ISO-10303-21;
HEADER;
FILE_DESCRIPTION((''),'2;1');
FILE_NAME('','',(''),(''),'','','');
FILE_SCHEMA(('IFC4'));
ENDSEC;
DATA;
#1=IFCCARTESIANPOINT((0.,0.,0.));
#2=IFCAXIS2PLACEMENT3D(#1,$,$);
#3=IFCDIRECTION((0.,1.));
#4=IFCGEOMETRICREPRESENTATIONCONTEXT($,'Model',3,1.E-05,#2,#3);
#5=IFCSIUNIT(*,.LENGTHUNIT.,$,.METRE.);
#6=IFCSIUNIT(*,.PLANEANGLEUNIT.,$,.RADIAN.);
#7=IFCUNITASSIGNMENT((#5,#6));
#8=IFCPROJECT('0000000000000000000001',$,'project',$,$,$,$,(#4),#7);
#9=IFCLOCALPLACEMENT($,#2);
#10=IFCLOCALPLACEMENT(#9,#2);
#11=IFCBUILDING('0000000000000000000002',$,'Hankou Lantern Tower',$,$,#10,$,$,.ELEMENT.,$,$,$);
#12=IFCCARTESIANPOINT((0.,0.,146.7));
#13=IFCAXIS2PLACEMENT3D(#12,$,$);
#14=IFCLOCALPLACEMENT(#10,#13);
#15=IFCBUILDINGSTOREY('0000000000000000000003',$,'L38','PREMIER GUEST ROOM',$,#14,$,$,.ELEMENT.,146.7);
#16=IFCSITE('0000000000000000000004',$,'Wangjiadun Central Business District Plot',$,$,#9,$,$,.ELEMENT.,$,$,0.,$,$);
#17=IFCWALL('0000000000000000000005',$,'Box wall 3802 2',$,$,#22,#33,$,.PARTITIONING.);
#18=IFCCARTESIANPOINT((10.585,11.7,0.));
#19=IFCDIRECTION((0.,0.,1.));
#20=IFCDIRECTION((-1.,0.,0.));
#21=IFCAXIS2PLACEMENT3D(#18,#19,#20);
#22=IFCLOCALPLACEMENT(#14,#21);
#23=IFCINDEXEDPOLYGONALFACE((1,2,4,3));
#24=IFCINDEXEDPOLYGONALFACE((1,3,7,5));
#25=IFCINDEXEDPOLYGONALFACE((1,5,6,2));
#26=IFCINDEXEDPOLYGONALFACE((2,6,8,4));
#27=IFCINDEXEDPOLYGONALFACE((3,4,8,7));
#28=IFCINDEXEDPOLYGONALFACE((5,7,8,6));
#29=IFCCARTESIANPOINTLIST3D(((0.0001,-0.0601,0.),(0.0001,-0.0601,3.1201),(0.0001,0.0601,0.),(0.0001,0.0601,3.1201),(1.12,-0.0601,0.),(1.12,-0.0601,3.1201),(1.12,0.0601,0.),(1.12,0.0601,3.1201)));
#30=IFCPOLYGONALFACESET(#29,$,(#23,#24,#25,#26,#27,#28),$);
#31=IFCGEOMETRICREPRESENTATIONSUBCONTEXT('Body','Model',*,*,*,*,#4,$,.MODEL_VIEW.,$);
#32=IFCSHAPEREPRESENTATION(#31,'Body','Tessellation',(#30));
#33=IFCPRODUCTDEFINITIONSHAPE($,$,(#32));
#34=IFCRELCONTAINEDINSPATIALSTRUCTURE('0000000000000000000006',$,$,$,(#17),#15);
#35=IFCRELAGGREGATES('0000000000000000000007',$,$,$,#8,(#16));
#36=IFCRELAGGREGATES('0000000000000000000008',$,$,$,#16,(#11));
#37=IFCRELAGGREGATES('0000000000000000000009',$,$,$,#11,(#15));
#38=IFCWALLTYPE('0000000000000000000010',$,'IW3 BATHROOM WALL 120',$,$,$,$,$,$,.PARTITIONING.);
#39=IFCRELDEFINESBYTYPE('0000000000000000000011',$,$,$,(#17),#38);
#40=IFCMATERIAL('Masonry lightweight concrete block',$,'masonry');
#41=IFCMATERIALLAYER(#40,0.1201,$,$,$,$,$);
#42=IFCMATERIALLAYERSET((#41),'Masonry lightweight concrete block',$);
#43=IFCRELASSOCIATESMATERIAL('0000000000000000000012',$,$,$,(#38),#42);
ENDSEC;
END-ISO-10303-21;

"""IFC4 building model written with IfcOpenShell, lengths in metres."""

from ifc_helpers import new_model, si_unit, direction, frame, frame_2d, origin, place, context, subcontext, project, spatial, rectangle, extrude, material, layer, layer_set, type_object, element, save


model = new_model("IFC4")

# Units and contexts
model_context = context("Model", 3, precision=1e-05, world=origin(), true_north=direction((0.0, 1.0)))
body_context = subcontext(model_context, "Body", "Model", "MODEL_VIEW")
ifc_project = project(units=[si_unit("LENGTHUNIT", "METRE"), si_unit("PLANEANGLEUNIT", "RADIAN")], contexts=[model_context])

# Site, building, storey
site_placement = place(None, origin())
site = spatial("IfcSite", under=ifc_project, at=site_placement, Name="Wangjiadun Central Business District Plot", CompositionType="ELEMENT", RefElevation=0.0)
building_placement = place(site_placement, origin())
building = spatial("IfcBuilding", under=site, at=building_placement, Name="Hankou Lantern Tower", CompositionType="ELEMENT")
storey_placement = place(building_placement, frame((0.0, 0.0, 146.7)))
storey = spatial("IfcBuildingStorey", under=building, at=storey_placement, Name="L38", Description="PREMIER GUEST ROOM", CompositionType="ELEMENT", Elevation=146.7)

# Wall
ifc_material_1 = material(Name="Masonry lightweight concrete block", Category="masonry")
ifc_layer_1 = layer(ifc_material_1, 0.1201)
ifc_layer_set_1 = layer_set([ifc_layer_1], Name="Masonry lightweight concrete block")
wall_type_1 = type_object("IfcWallType", Name="IW3 BATHROOM WALL 120", PredefinedType="PARTITIONING", material=ifc_layer_set_1)
wall_1_placement = place(storey_placement, frame((10.585, 11.7, 0.0), z_axis=(0.0, 0.0, 1.0), x_axis=(-1.0, 0.0, 0.0)))
element("IfcWall", 1, at=wall_1_placement, inside=storey, type_object=wall_type_1, Name="Box wall 3802 2", PredefinedType="PARTITIONING", context=body_context, shape_type="SweptSolid", body=[
    extrude(rectangle(XDim=1.1199, YDim=0.1201, at=frame_2d((0.5601, 0.0))), origin(), (0.0, 0.0, 1.0), 3.1201),
])

save(model, "model.ifc")
